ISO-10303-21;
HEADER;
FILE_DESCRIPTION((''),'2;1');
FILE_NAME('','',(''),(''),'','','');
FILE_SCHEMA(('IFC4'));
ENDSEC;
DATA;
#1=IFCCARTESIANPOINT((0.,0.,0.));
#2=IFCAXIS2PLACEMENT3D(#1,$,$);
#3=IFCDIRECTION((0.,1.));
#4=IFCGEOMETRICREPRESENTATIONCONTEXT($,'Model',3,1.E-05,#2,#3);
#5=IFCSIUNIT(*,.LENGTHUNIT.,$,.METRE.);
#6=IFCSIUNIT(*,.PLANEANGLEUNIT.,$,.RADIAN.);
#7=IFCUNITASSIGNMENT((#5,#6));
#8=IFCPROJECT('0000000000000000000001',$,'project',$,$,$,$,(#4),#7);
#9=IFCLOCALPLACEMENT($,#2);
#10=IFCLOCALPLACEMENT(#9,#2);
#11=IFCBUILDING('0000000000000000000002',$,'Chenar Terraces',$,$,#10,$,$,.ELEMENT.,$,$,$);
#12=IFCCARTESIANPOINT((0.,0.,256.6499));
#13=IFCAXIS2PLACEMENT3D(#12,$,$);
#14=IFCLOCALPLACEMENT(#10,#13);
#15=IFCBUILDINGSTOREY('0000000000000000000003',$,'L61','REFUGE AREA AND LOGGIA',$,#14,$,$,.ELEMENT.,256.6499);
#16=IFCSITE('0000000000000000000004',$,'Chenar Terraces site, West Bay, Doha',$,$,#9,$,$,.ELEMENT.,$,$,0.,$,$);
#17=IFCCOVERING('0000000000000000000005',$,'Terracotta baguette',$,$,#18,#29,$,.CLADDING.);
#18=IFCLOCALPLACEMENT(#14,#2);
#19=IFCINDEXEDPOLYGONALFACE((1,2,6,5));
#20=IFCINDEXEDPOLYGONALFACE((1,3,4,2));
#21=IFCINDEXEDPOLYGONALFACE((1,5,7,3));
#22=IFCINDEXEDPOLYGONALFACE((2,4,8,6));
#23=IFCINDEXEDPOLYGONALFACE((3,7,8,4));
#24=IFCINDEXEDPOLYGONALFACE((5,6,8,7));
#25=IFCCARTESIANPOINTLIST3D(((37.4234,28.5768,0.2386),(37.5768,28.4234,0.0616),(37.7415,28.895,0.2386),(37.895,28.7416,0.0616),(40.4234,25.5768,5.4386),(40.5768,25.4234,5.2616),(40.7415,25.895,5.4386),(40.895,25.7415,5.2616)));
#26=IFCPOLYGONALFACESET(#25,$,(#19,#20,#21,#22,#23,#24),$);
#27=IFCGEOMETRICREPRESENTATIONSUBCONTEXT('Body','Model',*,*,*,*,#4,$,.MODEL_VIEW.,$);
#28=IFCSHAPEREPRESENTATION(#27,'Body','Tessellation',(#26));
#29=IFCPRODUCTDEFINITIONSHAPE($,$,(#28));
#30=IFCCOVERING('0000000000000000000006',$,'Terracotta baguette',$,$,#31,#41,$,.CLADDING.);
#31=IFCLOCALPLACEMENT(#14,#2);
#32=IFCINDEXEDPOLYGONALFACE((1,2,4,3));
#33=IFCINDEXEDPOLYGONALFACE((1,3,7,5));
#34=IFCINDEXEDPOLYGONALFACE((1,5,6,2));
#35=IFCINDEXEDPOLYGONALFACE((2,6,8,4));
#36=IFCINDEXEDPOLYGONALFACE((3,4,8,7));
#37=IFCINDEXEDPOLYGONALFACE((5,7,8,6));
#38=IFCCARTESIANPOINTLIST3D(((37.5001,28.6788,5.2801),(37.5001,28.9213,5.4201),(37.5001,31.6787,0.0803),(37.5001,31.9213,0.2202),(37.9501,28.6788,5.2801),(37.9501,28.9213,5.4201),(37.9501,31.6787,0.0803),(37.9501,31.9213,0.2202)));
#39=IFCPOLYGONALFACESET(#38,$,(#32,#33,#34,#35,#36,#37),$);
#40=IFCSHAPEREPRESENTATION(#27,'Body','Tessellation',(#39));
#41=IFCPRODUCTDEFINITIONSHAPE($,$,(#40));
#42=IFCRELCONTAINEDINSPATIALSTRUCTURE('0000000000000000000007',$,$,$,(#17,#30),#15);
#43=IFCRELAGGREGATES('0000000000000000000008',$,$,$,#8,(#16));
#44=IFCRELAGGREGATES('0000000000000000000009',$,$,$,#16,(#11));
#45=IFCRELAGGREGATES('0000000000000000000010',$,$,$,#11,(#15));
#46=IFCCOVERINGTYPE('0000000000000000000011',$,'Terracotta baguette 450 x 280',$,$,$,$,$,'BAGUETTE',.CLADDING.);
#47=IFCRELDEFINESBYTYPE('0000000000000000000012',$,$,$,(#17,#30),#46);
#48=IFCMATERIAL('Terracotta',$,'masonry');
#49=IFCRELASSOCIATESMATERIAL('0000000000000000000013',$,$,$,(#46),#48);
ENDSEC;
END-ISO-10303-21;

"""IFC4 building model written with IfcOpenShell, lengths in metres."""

from ifc_helpers import new_model, si_unit, direction, frame, origin, origin_2d, place, context, subcontext, project, spatial, rectangle, extrude, material, material_profile, profile_set, type_object, element, save


model = new_model("IFC4")

# Units and contexts
model_context = context("Model", 3, precision=1e-05, world=origin(), true_north=direction((0.0, 1.0)))
body_context = subcontext(model_context, "Body", "Model", "MODEL_VIEW")
ifc_project = project(units=[si_unit("LENGTHUNIT", "METRE"), si_unit("PLANEANGLEUNIT", "RADIAN")], contexts=[model_context])

# Site, building, storey
site_placement = place(None, origin())
site = spatial("IfcSite", under=ifc_project, at=site_placement, Name="Chenar Terraces site, West Bay, Doha", CompositionType="ELEMENT", RefElevation=0.0)
building_placement = place(site_placement, origin())
building = spatial("IfcBuilding", under=site, at=building_placement, Name="Chenar Terraces", CompositionType="ELEMENT")
storey_placement = place(building_placement, frame((0.0, 0.0, 256.6499)))
storey = spatial("IfcBuildingStorey", under=building, at=storey_placement, Name="L61", Description="REFUGE AREA AND LOGGIA", CompositionType="ELEMENT", Elevation=256.6499)

# Coverings
ifc_material_1 = material(Name="Terracotta", Category="masonry")
ifc_material_profile_1 = material_profile(ifc_material_1, rectangle(XDim=0.45, YDim=0.28, at=origin_2d()), Name="Terracotta baguette 450 x 280")
ifc_profile_set_1 = profile_set([ifc_material_profile_1], Name="Terracotta")
covering_type = type_object("IfcCoveringType", Name="Terracotta baguette 450 x 280", ElementType="BAGUETTE", PredefinedType="CLADDING", material=ifc_profile_set_1)
covering_1_placement = place(storey_placement, frame((40.6592, 25.6592, 5.3501), z_axis=(-0.447017, 0.447017, -0.774823), x_axis=(-0.707107, -0.707107, 0.0)))
element("IfcCovering", 1, at=covering_1_placement, inside=storey, type_object=covering_type, Name="Terracotta baguette", PredefinedType="CLADDING", context=body_context, shape_type="SweptSolid", body=[
    extrude(rectangle(XDim=0.45, YDim=0.28, at=origin_2d()), origin(), (0.0, 0.0, 1.0), 6.7112),
])
covering_2_placement = place(storey_placement, frame((37.7251, 28.8, 5.3501), z_axis=(0.0, 0.499726, -0.866184), x_axis=(-1.0, 0.0, 0.0)))
element("IfcCovering", 2, at=covering_2_placement, inside=storey, type_object=covering_type, Name="Terracotta baguette", PredefinedType="CLADDING", context=body_context, shape_type="SweptSolid", body=[
    extrude(rectangle(XDim=0.45, YDim=0.28, at=origin_2d()), origin(), (0.0, 0.0, 1.0), 6.0032),
])

save(model, "model.ifc")
